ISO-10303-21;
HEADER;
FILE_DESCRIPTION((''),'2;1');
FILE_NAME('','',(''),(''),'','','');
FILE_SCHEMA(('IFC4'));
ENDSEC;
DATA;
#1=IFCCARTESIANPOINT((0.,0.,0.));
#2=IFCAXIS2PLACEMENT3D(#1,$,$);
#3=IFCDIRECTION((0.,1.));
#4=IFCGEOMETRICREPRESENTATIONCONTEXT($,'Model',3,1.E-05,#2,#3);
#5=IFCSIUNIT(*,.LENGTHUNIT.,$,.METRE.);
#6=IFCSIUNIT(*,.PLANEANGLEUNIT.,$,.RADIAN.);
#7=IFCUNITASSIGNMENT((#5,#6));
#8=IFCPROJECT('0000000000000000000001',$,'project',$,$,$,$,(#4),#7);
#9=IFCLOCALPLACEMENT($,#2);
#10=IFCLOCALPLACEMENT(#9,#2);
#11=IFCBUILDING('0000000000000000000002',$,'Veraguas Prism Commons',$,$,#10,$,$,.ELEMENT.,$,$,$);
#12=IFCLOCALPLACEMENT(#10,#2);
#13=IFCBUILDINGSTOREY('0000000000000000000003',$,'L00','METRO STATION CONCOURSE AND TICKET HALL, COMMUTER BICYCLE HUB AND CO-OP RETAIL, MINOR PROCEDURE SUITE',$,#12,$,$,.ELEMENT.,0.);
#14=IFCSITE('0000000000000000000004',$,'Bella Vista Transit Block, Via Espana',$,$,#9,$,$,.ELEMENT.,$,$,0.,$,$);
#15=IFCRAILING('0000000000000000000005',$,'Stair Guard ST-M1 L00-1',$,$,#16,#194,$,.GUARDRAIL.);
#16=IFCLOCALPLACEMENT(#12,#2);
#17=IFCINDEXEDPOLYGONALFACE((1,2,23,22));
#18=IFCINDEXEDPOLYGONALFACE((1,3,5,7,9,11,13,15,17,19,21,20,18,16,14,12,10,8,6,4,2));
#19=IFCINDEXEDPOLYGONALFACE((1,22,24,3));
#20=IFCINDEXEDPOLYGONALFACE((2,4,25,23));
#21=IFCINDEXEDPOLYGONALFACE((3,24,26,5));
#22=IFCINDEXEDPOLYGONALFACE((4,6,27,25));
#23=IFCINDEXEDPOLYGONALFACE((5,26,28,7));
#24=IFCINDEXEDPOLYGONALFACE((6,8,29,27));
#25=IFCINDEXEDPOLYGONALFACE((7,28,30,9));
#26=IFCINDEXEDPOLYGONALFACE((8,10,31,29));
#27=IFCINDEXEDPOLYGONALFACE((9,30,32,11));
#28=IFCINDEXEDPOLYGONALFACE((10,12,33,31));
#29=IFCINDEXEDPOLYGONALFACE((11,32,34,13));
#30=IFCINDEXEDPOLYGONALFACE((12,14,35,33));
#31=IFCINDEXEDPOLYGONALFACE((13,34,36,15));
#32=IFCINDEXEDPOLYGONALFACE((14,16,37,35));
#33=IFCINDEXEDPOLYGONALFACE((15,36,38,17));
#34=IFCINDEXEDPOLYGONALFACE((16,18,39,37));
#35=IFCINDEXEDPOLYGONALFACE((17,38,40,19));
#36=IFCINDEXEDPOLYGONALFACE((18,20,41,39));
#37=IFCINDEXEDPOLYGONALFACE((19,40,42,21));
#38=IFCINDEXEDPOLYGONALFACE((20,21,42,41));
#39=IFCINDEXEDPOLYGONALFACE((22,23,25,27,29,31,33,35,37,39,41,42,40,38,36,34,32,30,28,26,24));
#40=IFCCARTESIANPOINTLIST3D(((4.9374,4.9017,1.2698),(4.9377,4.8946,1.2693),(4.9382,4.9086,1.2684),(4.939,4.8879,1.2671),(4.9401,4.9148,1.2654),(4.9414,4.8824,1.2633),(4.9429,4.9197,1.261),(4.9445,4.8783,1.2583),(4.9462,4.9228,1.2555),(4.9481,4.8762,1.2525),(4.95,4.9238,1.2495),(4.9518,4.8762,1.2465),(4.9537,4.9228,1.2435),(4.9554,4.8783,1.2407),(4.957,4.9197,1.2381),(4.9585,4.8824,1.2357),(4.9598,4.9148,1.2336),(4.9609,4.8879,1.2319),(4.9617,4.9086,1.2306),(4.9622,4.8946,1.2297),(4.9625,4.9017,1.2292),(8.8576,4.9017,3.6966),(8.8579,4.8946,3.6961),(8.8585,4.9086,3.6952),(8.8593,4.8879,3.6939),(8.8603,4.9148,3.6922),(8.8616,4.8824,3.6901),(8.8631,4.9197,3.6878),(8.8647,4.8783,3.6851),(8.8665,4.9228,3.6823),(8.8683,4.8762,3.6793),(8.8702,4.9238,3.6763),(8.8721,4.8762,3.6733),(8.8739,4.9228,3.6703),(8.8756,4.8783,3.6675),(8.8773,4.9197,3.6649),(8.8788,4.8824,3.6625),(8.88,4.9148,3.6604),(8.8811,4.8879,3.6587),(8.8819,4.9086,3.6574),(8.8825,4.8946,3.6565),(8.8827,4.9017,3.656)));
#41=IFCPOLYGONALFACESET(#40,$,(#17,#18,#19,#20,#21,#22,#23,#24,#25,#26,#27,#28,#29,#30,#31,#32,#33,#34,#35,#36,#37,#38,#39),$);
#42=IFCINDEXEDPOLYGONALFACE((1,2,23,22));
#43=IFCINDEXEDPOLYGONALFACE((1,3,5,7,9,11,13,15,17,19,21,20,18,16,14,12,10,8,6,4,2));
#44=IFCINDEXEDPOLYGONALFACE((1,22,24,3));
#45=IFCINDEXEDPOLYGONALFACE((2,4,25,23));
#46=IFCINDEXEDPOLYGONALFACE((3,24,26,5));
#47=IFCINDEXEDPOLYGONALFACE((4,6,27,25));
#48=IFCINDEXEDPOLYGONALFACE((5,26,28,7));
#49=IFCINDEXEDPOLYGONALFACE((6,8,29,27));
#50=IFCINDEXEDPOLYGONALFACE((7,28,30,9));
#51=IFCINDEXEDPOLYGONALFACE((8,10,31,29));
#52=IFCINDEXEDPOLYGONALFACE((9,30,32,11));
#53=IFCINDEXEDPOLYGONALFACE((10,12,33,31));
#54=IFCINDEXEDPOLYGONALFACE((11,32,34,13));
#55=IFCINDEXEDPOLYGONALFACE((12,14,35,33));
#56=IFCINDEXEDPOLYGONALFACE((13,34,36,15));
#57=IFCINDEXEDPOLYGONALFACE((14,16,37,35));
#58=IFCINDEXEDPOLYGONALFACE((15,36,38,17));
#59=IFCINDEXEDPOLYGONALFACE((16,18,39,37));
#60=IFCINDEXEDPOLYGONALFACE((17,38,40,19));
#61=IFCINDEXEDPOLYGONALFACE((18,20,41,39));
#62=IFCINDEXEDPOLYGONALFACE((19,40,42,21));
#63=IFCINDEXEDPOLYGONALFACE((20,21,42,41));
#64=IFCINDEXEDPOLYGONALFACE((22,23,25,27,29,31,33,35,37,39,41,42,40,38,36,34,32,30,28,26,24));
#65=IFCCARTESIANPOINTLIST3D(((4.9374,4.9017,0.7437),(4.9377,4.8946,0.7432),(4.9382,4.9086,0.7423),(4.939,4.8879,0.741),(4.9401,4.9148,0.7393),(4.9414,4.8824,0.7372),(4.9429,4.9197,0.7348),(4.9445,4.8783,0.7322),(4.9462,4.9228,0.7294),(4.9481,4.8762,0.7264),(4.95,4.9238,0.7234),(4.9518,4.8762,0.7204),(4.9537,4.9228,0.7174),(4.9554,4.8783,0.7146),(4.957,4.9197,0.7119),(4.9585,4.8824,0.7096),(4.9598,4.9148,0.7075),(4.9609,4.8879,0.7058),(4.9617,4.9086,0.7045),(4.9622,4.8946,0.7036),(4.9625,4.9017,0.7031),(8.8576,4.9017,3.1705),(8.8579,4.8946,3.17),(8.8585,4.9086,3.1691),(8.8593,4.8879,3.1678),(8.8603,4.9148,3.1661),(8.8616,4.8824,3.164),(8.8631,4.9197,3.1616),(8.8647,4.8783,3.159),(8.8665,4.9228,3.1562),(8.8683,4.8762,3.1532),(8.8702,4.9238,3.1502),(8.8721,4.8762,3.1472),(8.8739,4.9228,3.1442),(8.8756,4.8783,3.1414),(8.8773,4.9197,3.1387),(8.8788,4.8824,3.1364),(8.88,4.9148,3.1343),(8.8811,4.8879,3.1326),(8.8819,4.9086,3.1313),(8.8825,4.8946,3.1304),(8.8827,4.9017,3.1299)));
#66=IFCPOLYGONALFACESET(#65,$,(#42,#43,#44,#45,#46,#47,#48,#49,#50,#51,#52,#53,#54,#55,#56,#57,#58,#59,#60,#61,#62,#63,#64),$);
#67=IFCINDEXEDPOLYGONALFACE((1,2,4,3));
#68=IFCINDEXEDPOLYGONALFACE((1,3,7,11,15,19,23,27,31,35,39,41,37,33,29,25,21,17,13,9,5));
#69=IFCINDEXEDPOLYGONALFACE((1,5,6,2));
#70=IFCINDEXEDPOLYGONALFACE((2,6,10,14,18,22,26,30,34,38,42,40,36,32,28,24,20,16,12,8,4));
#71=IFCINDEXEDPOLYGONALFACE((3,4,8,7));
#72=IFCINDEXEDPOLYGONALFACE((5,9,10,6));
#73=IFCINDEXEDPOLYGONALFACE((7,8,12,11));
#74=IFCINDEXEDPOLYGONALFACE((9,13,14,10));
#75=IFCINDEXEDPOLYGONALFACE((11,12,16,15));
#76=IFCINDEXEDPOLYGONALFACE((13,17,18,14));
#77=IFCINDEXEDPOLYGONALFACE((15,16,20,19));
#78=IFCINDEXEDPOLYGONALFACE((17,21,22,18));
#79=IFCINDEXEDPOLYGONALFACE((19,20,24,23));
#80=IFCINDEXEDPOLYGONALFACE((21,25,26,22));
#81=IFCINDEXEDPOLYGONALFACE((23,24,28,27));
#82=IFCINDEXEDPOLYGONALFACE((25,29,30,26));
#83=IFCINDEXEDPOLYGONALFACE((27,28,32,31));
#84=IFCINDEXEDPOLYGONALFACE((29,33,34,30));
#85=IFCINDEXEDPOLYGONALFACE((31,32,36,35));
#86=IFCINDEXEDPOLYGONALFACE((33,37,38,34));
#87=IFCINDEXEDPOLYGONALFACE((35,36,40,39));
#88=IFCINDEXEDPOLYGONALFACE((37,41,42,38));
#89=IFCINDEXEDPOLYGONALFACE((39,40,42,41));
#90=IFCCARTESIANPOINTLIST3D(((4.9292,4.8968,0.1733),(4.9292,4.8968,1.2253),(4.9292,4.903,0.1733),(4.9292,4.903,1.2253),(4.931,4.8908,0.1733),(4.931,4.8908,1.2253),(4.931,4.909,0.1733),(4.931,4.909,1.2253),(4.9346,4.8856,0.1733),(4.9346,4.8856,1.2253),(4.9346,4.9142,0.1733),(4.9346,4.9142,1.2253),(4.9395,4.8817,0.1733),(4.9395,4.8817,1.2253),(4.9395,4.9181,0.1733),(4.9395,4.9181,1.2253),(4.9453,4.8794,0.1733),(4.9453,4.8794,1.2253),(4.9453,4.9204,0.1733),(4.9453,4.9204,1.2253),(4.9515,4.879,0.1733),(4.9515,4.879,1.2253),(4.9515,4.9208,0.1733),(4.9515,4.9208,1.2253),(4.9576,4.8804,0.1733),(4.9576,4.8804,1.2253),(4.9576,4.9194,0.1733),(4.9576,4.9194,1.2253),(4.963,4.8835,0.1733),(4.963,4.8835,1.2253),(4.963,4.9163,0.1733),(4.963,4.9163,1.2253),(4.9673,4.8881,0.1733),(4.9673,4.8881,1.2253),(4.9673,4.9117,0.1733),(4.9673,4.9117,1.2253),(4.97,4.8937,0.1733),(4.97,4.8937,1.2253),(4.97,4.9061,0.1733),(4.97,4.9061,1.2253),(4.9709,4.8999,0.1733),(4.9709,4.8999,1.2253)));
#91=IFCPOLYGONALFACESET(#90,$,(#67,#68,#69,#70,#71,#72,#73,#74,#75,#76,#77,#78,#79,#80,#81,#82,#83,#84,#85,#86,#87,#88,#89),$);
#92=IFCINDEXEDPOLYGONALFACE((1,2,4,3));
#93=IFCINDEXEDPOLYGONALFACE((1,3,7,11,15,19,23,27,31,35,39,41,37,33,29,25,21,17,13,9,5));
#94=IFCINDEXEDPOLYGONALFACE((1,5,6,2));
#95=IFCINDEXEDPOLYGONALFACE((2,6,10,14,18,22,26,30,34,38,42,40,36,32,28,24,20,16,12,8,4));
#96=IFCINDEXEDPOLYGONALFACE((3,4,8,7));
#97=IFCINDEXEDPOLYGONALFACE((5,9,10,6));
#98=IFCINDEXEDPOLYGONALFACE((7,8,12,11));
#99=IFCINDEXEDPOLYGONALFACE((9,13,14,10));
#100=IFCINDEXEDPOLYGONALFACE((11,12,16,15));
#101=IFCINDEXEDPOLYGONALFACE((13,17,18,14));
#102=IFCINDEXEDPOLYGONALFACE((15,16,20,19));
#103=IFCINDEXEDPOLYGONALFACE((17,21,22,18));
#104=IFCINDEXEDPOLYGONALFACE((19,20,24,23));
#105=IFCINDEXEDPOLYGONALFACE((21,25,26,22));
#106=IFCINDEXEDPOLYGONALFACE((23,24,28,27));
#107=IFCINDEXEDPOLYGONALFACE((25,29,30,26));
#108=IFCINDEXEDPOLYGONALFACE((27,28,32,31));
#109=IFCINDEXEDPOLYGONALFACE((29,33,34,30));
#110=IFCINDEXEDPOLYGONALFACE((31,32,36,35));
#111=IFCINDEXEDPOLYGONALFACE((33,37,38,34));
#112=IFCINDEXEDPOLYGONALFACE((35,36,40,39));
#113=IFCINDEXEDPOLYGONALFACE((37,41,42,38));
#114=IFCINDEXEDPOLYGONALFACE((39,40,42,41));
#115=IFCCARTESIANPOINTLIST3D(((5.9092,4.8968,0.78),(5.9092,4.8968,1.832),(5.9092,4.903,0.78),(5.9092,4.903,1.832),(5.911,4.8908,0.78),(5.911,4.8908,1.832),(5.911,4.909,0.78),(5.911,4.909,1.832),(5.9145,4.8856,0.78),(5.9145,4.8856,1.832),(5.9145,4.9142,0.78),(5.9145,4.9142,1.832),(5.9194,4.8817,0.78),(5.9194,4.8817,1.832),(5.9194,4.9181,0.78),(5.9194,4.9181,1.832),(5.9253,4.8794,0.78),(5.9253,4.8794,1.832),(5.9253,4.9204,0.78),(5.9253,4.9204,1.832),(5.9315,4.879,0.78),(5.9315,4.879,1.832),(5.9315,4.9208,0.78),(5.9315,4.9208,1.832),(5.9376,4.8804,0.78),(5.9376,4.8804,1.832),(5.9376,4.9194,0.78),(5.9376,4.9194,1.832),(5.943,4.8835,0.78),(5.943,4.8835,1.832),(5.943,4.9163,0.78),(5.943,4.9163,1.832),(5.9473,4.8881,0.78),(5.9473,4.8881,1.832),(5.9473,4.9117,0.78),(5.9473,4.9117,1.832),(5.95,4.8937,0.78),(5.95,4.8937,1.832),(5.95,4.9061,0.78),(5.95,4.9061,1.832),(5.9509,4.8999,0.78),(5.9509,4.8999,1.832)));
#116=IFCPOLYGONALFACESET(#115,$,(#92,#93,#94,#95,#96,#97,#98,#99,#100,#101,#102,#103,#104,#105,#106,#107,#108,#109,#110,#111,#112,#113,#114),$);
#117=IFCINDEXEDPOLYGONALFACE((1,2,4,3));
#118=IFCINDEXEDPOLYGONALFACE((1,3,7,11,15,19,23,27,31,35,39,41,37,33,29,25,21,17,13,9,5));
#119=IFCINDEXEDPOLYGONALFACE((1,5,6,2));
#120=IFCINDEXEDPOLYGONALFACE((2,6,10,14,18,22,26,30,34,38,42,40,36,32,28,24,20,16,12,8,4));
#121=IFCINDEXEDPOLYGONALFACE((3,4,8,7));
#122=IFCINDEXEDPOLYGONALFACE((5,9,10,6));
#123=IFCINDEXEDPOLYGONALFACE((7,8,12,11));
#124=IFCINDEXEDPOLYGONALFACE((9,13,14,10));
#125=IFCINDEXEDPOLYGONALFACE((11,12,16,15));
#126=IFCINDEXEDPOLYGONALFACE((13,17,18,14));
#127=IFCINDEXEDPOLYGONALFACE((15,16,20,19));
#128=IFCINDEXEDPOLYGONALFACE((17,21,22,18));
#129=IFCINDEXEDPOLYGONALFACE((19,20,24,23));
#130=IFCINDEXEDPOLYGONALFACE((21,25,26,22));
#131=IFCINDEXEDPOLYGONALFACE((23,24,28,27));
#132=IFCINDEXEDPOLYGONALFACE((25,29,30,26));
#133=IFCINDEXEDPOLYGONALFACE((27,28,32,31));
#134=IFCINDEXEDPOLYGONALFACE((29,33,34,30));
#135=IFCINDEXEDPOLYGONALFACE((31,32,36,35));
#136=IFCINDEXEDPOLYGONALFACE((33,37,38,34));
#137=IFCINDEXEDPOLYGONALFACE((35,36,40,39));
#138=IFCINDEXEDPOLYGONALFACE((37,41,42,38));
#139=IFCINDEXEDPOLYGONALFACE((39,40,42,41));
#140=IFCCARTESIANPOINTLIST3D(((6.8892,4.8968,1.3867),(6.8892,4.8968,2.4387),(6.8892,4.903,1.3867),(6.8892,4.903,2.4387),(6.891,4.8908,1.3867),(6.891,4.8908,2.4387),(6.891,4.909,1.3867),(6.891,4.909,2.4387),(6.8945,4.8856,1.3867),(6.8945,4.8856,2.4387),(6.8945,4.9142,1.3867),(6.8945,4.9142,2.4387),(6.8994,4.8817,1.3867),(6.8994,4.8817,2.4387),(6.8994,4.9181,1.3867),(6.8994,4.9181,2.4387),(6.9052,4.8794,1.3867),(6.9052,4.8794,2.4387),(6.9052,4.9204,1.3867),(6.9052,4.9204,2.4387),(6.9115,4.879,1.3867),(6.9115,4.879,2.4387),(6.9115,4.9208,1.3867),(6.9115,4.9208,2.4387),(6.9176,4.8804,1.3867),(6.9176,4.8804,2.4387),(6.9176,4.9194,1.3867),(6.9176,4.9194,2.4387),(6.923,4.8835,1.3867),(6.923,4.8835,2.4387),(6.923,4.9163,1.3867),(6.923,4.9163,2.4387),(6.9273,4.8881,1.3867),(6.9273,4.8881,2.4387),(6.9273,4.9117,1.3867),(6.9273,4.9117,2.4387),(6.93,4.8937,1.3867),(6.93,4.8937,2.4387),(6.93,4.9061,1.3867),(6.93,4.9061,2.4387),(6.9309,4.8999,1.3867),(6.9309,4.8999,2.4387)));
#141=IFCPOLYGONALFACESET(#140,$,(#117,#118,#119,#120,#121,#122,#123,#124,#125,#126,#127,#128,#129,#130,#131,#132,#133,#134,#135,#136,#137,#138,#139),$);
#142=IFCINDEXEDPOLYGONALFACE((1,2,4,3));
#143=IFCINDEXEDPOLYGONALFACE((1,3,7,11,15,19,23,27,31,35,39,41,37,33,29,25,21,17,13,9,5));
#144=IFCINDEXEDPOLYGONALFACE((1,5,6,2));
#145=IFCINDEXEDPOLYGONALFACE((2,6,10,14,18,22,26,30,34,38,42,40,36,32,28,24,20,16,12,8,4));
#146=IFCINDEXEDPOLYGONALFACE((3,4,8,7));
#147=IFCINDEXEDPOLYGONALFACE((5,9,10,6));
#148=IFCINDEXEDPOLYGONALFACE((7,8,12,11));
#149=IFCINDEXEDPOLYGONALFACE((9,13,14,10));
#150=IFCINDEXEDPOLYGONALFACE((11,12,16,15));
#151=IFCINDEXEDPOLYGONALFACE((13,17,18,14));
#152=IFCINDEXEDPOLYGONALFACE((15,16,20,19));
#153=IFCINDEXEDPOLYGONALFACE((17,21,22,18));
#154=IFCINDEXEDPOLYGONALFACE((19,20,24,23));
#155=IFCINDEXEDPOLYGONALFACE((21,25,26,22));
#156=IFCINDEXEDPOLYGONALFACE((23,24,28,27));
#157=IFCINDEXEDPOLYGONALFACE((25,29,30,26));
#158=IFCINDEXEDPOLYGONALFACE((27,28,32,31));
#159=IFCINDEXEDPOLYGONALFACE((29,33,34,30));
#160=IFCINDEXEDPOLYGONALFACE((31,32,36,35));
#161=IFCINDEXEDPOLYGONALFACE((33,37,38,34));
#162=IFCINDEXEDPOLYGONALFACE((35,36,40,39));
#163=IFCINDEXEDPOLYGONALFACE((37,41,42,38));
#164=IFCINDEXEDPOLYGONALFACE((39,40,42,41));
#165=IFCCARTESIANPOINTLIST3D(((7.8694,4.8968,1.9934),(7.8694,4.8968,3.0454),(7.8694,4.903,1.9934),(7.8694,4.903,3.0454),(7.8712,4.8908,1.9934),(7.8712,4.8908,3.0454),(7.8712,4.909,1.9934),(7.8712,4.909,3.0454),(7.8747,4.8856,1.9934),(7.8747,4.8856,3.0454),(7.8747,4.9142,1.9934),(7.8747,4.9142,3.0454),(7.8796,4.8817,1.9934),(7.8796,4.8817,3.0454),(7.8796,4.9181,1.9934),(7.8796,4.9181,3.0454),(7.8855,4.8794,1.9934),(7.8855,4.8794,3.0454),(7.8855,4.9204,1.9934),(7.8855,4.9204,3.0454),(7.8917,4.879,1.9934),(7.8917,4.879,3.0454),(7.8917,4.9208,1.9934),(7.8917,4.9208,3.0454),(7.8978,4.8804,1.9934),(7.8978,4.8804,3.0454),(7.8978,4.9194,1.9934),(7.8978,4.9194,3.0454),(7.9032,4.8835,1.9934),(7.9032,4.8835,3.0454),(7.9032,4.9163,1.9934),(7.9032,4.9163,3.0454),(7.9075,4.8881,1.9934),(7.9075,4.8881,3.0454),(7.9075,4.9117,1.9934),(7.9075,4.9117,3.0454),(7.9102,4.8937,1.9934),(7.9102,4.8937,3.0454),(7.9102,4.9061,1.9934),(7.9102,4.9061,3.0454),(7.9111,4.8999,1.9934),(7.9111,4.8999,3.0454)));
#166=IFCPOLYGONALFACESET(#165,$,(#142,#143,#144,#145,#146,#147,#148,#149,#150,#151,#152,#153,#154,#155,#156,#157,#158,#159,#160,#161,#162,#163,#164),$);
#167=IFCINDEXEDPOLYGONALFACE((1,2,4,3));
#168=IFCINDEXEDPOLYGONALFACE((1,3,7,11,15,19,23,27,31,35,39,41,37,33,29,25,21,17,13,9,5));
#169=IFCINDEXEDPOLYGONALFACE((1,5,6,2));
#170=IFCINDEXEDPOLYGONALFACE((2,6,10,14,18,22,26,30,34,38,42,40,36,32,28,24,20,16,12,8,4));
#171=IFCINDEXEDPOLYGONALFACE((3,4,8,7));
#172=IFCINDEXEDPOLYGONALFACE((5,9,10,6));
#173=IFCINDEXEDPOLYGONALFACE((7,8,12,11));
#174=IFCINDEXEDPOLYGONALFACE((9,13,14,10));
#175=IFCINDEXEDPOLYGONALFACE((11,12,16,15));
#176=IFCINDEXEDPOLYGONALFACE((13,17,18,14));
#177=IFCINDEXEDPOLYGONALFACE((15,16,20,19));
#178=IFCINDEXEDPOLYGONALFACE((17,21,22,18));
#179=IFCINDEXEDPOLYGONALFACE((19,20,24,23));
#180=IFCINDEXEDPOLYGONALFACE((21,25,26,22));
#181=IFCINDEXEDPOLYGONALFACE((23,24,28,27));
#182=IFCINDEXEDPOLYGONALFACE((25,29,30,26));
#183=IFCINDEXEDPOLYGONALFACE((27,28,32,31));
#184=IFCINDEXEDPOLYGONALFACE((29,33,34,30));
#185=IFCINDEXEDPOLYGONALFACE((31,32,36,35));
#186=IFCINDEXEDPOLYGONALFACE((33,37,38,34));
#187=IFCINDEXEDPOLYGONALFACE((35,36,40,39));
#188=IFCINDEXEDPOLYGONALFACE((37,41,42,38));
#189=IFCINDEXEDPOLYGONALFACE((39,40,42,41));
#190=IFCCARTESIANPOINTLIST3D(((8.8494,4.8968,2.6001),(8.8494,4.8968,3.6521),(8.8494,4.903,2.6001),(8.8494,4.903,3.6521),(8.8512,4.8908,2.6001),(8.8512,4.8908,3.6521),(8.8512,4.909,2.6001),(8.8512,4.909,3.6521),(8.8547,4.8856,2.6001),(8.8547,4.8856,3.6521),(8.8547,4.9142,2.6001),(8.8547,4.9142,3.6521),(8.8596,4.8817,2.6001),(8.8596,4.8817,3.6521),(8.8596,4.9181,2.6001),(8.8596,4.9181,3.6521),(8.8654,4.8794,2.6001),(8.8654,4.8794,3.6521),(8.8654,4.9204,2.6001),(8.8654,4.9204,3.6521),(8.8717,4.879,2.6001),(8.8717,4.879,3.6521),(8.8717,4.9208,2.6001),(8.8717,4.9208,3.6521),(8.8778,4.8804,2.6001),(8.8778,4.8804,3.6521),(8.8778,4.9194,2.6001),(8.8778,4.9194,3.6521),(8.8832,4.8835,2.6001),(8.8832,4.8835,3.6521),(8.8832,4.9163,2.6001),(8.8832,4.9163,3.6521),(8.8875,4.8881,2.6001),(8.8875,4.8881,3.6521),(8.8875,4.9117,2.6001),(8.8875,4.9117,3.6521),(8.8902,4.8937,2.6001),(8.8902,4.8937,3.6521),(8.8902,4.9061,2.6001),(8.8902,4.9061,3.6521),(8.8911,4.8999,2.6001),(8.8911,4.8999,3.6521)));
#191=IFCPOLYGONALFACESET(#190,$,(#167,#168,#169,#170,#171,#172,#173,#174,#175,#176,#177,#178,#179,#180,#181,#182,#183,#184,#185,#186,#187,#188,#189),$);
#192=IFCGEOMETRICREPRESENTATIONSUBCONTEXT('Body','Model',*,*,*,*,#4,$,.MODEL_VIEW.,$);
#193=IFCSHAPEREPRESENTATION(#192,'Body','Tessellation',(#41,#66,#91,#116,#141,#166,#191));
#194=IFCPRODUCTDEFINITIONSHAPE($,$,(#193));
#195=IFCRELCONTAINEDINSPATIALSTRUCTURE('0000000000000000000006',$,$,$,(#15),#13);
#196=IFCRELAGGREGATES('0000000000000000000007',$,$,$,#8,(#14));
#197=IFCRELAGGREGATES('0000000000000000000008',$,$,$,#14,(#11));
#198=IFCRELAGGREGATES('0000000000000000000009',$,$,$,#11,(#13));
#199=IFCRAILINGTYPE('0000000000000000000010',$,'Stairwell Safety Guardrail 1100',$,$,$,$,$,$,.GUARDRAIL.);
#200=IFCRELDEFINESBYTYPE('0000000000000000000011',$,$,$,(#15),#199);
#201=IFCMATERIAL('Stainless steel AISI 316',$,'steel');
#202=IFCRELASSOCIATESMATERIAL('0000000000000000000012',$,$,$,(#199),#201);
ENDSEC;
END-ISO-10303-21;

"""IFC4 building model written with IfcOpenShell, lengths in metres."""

from ifc_helpers import new_model, si_unit, direction, frame, origin, origin_2d, place, context, subcontext, project, spatial, circle, extrude, material, type_object, element, save


model = new_model("IFC4")

# Units and contexts
model_context = context("Model", 3, precision=1e-05, world=origin(), true_north=direction((0.0, 1.0)))
body_context = subcontext(model_context, "Body", "Model", "MODEL_VIEW")
ifc_project = project(units=[si_unit("LENGTHUNIT", "METRE"), si_unit("PLANEANGLEUNIT", "RADIAN")], contexts=[model_context])

# Site, building, storey
site_placement = place(None, origin())
site = spatial("IfcSite", under=ifc_project, at=site_placement, Name="Bella Vista Transit Block, Via Espana", CompositionType="ELEMENT", RefElevation=0.0)
building_placement = place(site_placement, origin())
building = spatial("IfcBuilding", under=site, at=building_placement, Name="Veraguas Prism Commons", CompositionType="ELEMENT")
storey_placement = place(building_placement, origin())
storey = spatial("IfcBuildingStorey", under=building, at=storey_placement, Name="L00", Description="METRO STATION CONCOURSE AND TICKET HALL, COMMUTER BICYCLE HUB AND CO-OP RETAIL, MINOR PROCEDURE SUITE", CompositionType="ELEMENT", Elevation=0.0)

# Railing
ifc_material_1 = material(Name="Stainless steel AISI 316", Category="steel")
railing_type_1 = type_object("IfcRailingType", Name="Stairwell Safety Guardrail 1100", PredefinedType="GUARDRAIL", material=ifc_material_1)
railing_1_placement = place(storey_placement, frame((4.95, 4.8999, 0.1733)))
element("IfcRailing", 1, at=railing_1_placement, inside=storey, type_object=railing_type_1, Name="Stair Guard ST-M1 L00-1", PredefinedType="GUARDRAIL", context=body_context, shape_type="SweptSolid", body=[
    extrude(circle(Radius=0.0239, at=origin_2d()), frame((0.0, 0.0, 1.0762), z_axis=(0.850266, 0.0, 0.526353), x_axis=(0.0, 1.0, 0.0)), (0.0, 0.0, 1.0), 4.6106),
    extrude(circle(Radius=0.0239, at=origin_2d()), frame((0.0, 0.0, 0.55), z_axis=(0.850266, 0.0, 0.526353), x_axis=(0.0, 1.0, 0.0)), (0.0, 0.0, 1.0), 4.6106),
    extrude(circle(Radius=0.021, at=origin_2d()), origin(), (0.0, 0.0, 1.0), 1.052),
    extrude(circle(Radius=0.021, at=origin_2d()), frame((0.98, 0.0, 0.6067)), (0.0, 0.0, 1.0), 1.052),
    extrude(circle(Radius=0.021, at=origin_2d()), frame((1.96, 0.0, 1.2134)), (0.0, 0.0, 1.0), 1.052),
    extrude(circle(Radius=0.021, at=origin_2d()), frame((2.9402, 0.0, 1.8201)), (0.0, 0.0, 1.0), 1.052),
    extrude(circle(Radius=0.021, at=origin_2d()), frame((3.9202, 0.0, 2.4268)), (0.0, 0.0, 1.0), 1.052),
])

save(model, "model.ifc")
